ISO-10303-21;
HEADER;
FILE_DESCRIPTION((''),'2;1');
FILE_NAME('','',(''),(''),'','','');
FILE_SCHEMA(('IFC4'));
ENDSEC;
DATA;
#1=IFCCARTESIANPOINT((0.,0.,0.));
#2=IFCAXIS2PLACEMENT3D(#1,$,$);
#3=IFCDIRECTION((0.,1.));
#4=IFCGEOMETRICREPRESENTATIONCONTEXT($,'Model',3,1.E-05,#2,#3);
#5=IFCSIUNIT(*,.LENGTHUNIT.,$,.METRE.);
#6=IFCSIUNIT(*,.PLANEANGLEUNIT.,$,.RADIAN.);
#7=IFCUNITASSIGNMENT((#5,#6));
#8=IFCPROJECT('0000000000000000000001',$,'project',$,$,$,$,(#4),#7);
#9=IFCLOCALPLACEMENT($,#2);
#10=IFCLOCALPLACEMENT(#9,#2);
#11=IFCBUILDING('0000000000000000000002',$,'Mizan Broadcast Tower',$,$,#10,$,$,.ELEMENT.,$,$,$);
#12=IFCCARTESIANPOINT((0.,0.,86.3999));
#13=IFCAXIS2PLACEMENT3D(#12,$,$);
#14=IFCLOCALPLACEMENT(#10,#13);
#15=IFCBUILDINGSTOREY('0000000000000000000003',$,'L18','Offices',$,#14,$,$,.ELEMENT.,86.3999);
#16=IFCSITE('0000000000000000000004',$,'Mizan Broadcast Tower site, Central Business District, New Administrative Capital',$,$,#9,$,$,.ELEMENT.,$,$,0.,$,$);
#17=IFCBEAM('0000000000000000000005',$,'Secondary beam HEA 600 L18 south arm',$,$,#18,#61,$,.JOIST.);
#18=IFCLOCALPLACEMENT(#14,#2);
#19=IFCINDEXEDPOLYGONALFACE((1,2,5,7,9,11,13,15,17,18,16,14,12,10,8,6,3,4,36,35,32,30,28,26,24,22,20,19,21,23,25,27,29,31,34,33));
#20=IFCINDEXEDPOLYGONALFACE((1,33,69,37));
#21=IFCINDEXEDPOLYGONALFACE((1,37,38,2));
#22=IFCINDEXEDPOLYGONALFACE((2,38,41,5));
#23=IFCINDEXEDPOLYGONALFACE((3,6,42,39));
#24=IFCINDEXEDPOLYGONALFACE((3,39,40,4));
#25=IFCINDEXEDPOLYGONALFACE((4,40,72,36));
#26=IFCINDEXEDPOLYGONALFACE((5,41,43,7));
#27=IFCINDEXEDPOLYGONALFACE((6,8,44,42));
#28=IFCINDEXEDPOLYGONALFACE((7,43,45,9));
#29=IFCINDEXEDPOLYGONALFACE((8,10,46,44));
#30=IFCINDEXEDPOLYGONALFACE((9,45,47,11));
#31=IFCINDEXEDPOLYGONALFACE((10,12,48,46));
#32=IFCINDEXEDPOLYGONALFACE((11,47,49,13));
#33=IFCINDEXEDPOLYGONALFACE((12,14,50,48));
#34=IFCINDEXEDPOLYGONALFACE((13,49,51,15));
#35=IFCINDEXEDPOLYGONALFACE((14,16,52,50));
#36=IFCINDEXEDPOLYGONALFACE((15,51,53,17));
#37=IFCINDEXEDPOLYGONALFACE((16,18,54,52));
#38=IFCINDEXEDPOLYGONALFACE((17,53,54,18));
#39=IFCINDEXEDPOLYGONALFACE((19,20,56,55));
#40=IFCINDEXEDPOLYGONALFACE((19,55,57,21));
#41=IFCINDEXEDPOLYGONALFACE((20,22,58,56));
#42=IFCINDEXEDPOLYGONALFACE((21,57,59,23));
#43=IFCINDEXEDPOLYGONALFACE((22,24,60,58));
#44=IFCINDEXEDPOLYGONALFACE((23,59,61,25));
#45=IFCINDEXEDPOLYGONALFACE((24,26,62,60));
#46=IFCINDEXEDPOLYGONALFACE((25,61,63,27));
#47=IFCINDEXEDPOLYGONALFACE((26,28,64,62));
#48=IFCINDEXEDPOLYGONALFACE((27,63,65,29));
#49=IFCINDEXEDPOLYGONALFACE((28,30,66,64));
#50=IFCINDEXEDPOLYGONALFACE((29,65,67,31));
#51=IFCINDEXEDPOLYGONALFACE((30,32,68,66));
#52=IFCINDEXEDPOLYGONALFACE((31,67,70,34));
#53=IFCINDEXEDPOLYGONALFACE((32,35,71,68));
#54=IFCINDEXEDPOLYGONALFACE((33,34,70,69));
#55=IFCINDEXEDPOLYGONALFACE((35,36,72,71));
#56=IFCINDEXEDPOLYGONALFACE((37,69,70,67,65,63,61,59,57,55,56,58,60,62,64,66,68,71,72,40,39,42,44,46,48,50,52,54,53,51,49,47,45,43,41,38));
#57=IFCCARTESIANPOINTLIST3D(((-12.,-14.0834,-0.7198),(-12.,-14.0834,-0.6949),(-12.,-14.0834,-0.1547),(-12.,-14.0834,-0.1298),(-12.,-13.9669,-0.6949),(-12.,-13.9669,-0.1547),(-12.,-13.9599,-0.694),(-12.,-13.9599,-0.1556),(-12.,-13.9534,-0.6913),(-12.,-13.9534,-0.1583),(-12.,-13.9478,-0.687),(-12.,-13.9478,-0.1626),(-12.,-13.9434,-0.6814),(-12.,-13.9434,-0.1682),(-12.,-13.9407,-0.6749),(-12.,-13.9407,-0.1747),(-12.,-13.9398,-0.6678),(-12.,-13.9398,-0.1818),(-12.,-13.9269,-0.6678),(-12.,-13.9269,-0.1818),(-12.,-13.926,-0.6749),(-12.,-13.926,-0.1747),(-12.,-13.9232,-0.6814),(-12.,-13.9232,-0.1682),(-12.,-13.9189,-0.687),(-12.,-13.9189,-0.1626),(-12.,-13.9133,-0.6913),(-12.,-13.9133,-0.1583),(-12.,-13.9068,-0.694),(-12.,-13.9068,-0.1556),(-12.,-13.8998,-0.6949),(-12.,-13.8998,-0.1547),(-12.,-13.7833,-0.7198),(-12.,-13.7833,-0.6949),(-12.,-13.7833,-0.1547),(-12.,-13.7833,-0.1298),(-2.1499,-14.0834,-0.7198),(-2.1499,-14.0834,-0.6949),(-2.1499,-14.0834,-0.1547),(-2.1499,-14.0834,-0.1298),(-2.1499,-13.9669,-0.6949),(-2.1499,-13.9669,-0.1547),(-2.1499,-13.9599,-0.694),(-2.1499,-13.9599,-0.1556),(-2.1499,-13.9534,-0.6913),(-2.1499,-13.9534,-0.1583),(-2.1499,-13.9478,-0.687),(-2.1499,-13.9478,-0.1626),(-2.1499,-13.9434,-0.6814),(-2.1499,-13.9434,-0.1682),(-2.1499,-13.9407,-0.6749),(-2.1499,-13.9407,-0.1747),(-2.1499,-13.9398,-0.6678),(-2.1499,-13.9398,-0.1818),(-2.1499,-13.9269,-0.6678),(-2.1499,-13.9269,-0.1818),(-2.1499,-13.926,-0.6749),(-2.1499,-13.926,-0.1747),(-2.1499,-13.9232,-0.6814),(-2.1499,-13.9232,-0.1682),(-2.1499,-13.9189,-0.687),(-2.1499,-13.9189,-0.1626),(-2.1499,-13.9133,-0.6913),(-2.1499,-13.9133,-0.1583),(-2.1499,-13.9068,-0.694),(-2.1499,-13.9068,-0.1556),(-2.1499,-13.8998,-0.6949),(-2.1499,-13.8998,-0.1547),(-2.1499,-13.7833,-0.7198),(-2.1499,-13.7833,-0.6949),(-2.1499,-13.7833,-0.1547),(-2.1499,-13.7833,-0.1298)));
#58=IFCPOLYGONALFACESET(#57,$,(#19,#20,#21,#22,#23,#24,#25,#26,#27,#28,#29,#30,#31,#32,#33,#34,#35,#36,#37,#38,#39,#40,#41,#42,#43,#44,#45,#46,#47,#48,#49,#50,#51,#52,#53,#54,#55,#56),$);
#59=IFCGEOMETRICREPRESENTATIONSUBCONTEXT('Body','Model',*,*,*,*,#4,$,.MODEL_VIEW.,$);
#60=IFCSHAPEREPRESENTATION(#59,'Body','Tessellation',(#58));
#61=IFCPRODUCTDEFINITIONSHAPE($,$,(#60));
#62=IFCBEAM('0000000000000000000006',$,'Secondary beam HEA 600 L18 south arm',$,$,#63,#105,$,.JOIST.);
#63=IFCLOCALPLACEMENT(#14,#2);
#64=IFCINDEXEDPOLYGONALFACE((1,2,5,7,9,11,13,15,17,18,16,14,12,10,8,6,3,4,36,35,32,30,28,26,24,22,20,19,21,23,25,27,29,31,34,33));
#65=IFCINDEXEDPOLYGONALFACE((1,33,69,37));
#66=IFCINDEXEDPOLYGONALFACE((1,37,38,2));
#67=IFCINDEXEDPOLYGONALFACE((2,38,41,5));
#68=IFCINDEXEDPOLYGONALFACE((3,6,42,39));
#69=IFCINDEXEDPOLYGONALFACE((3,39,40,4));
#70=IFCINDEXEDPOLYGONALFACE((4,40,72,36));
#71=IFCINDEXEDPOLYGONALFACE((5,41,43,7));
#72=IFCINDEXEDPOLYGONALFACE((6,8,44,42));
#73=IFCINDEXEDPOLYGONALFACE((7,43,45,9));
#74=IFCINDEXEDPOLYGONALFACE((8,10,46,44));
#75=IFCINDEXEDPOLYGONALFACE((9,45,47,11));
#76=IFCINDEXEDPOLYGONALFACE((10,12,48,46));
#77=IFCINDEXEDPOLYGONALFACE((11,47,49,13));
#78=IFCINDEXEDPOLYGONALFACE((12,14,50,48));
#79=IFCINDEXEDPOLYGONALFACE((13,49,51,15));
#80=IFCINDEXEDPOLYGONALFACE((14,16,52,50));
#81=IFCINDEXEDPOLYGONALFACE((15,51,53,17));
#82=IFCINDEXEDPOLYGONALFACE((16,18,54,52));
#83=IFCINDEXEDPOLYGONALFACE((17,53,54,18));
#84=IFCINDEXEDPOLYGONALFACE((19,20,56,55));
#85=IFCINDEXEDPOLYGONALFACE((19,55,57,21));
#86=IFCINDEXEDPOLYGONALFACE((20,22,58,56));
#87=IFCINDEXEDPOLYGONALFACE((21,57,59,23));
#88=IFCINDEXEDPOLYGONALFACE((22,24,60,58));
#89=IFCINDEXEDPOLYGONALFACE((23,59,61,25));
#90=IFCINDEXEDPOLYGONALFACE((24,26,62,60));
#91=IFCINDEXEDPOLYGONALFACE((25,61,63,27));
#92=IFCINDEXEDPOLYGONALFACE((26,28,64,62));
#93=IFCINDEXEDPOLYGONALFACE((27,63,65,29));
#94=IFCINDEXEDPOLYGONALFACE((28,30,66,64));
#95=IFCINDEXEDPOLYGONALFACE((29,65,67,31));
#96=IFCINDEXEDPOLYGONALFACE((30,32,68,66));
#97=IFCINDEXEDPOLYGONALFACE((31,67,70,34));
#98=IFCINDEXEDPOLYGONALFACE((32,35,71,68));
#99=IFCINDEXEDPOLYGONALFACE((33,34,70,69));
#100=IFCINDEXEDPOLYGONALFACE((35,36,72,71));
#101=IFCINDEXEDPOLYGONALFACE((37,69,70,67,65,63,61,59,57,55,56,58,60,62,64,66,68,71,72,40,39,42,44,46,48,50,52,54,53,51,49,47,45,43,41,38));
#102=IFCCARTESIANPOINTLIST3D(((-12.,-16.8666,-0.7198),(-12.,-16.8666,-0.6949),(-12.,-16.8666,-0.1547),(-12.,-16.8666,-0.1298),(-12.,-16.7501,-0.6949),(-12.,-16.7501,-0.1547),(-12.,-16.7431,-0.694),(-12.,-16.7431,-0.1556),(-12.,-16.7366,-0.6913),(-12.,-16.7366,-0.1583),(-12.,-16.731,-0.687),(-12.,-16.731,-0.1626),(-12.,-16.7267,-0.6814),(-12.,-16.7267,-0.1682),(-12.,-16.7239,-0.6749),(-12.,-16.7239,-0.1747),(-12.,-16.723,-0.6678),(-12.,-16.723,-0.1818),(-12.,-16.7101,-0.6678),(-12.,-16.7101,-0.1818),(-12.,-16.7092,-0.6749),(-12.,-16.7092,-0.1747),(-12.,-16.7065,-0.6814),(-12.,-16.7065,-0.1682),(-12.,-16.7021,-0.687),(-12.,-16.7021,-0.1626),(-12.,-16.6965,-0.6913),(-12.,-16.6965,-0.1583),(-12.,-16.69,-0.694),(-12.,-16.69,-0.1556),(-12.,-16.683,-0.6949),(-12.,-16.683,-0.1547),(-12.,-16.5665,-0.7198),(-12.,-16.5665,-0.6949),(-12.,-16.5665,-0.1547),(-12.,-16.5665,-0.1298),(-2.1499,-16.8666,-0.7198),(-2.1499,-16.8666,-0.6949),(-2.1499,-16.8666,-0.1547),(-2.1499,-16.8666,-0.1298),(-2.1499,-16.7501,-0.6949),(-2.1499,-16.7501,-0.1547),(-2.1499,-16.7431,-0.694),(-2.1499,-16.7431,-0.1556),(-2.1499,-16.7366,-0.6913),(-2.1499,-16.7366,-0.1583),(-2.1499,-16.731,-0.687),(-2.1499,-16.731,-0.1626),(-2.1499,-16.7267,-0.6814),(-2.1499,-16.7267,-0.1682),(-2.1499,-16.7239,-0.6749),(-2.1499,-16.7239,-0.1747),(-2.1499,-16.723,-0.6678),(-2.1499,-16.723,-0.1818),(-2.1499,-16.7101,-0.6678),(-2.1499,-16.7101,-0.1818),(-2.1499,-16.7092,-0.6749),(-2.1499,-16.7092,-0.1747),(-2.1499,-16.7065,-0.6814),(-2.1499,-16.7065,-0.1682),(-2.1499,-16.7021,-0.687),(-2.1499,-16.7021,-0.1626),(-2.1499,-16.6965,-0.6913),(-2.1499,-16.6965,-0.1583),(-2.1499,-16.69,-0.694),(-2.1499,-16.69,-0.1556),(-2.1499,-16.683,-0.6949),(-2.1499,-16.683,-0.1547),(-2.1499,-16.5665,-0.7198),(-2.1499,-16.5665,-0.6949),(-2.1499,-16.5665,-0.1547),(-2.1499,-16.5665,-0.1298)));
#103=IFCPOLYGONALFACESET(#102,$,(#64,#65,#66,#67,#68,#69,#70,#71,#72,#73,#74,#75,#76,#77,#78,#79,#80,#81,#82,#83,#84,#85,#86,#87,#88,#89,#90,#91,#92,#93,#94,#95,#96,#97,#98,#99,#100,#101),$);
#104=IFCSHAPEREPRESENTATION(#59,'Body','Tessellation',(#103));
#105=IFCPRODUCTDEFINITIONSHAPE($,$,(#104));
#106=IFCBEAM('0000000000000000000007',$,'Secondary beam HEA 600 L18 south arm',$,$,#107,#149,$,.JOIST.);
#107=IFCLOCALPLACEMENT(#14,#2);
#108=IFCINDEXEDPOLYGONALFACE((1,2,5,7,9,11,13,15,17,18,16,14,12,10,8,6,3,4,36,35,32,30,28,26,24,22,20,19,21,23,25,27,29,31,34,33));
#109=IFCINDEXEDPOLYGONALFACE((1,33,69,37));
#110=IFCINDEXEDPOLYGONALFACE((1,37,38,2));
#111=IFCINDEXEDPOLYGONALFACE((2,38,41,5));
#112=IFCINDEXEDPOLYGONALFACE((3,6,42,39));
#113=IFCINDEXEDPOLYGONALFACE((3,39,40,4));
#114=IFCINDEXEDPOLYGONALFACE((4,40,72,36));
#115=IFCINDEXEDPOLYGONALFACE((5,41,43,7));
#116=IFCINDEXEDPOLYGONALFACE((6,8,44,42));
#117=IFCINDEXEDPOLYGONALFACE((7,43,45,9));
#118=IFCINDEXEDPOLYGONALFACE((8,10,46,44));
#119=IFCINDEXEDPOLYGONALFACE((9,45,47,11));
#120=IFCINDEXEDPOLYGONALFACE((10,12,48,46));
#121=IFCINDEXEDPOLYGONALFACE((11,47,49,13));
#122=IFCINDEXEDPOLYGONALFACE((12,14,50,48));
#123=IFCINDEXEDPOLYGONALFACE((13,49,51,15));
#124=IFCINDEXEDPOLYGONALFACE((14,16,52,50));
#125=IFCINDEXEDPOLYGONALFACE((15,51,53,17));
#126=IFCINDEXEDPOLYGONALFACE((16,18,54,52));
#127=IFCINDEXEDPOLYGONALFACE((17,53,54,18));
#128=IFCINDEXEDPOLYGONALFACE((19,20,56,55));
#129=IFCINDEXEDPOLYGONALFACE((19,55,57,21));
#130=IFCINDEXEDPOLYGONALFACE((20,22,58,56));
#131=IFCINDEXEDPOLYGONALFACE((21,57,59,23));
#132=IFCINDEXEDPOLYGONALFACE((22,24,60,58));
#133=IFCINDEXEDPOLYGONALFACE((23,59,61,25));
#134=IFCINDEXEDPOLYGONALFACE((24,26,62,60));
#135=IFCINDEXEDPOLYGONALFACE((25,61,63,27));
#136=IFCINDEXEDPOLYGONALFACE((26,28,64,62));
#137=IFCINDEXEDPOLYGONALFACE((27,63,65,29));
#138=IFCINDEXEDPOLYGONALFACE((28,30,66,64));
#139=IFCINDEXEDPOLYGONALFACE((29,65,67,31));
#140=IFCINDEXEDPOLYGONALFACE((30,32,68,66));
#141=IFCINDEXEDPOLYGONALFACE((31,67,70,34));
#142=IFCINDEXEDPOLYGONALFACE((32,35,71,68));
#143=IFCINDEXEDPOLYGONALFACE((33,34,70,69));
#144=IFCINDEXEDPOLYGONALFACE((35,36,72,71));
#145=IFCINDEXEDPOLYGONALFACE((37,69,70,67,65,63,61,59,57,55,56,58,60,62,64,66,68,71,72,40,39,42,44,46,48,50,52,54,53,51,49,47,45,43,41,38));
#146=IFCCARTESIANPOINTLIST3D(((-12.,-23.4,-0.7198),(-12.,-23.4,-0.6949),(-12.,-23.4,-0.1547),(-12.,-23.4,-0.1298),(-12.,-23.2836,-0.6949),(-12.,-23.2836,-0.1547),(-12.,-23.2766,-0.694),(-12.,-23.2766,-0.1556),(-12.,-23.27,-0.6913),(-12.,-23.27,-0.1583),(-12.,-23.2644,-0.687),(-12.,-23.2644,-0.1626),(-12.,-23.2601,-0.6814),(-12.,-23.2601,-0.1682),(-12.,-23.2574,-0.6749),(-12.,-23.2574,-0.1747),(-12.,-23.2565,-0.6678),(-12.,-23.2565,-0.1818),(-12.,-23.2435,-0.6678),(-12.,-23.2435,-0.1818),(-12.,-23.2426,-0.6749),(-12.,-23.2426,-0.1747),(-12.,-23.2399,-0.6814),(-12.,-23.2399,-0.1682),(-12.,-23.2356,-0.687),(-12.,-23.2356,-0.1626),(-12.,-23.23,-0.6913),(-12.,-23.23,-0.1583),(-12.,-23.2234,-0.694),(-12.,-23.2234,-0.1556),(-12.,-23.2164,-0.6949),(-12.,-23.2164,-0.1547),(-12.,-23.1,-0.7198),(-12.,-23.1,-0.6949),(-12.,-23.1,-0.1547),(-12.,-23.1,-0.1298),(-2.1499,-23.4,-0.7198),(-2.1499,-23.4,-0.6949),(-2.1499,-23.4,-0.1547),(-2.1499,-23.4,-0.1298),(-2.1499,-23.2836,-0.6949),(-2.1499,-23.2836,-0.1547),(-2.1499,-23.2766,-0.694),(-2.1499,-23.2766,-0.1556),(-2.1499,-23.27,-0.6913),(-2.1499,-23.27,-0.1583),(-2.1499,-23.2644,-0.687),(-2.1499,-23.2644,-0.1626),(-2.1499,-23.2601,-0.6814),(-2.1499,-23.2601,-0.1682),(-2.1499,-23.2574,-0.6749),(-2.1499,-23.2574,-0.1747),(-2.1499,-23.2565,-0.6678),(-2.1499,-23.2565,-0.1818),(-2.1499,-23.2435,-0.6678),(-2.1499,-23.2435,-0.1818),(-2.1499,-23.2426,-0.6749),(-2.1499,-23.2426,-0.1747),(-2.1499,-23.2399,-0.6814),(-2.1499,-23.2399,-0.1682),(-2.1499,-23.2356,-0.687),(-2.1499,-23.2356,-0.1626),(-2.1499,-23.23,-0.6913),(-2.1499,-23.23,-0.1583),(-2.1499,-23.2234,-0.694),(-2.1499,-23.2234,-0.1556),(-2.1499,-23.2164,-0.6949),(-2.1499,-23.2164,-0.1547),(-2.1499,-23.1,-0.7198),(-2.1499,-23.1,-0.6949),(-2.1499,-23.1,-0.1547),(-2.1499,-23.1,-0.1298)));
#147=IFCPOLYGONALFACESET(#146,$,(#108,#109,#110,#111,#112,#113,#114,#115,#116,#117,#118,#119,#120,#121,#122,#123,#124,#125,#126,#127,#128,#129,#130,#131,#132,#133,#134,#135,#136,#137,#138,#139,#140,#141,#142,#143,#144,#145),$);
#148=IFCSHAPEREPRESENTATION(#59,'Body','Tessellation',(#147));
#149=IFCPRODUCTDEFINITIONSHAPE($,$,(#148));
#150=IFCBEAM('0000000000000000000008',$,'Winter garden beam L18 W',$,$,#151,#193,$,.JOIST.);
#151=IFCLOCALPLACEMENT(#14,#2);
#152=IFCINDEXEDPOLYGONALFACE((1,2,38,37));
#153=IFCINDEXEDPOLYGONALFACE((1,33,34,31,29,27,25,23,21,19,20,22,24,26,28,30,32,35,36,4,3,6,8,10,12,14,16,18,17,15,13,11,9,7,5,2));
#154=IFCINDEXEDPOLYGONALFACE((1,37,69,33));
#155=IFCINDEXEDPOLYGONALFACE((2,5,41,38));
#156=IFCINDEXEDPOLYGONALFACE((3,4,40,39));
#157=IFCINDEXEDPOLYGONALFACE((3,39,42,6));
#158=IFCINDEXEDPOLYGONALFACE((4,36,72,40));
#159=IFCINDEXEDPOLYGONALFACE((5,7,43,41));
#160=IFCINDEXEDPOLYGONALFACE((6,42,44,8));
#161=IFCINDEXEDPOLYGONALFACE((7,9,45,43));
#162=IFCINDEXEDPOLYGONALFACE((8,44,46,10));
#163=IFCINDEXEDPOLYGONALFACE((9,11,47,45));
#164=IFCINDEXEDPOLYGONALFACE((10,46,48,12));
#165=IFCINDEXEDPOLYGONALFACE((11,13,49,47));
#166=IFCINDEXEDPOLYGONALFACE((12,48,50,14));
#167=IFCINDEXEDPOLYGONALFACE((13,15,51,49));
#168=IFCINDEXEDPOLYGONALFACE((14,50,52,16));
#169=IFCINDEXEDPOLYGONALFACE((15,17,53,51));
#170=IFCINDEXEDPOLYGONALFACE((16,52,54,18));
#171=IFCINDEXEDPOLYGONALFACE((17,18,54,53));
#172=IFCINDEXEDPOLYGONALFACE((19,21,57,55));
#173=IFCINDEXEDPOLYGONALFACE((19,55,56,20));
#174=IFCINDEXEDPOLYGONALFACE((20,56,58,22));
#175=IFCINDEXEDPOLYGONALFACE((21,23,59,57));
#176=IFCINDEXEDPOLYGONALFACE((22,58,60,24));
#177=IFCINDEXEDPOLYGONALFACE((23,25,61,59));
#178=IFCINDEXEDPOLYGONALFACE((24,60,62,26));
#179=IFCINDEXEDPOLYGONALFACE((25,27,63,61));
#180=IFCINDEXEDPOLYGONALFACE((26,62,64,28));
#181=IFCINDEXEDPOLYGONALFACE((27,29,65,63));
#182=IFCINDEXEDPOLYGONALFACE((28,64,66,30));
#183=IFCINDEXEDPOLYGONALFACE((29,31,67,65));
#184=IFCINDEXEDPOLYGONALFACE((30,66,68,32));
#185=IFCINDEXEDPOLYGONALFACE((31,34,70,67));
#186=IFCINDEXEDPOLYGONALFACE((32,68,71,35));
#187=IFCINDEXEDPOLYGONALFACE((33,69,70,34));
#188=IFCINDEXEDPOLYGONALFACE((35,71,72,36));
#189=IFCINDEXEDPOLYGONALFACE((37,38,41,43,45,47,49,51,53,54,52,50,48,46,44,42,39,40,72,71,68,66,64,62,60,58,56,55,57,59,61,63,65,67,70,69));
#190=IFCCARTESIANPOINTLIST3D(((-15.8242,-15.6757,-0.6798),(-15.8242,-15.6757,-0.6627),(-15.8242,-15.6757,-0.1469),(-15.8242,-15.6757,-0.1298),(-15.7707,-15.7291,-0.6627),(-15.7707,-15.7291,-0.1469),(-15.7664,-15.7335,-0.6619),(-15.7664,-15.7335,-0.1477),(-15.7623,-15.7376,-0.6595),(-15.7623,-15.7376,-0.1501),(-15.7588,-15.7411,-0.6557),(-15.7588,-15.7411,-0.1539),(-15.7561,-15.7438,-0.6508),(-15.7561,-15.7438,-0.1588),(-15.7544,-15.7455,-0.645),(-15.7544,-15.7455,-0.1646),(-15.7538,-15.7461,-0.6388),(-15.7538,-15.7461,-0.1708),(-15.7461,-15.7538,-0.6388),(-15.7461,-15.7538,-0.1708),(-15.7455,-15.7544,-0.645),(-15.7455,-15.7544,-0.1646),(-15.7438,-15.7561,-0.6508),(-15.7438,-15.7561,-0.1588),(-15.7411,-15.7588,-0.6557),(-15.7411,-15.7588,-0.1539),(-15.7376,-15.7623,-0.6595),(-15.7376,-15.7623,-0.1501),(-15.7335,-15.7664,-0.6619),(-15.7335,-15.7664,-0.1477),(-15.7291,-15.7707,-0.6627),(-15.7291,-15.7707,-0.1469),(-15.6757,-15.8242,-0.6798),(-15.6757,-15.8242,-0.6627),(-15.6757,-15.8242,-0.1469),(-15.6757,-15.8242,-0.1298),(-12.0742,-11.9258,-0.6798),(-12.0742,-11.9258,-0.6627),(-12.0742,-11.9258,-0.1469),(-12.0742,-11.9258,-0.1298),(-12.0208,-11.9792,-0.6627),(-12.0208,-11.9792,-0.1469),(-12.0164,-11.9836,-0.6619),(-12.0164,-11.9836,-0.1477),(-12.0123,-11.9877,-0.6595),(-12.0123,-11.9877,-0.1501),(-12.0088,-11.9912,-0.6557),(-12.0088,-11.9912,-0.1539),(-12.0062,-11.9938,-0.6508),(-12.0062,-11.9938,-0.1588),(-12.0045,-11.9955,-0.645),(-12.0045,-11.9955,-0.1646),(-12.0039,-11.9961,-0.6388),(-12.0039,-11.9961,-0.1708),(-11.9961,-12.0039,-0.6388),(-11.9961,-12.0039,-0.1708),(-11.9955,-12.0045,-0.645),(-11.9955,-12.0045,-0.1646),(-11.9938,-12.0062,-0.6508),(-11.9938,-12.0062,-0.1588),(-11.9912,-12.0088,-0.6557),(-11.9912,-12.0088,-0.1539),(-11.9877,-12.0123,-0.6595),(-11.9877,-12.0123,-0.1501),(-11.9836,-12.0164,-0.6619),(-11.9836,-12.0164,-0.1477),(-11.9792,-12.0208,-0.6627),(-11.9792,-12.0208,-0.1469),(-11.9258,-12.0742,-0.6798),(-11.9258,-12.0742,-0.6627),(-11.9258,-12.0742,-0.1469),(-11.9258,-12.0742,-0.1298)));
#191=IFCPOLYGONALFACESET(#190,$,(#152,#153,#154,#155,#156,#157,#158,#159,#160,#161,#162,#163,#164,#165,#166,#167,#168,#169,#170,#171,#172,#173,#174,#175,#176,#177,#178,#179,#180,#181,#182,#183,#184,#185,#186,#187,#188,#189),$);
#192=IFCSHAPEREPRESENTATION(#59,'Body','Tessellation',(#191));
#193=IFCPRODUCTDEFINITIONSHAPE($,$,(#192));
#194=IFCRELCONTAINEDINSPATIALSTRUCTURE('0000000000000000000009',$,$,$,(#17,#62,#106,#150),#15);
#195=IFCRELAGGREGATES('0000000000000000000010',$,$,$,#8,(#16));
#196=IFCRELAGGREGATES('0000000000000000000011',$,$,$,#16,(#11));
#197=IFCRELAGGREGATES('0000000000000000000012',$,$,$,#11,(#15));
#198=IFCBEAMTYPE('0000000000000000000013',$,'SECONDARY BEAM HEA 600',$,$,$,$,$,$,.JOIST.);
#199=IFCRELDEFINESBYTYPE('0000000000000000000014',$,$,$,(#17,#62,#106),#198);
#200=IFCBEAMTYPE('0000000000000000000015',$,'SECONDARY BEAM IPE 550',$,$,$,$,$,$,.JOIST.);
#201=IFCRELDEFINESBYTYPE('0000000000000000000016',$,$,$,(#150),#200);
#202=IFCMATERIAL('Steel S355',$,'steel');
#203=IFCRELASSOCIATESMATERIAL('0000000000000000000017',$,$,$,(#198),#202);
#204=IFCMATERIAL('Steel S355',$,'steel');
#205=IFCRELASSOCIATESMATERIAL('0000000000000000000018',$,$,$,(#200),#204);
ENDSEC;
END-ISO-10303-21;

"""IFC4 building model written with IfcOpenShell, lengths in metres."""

from ifc_helpers import new_model, si_unit, direction, frame, origin, origin_2d, place, context, subcontext, project, spatial, i_section, extrude, material, material_profile, profile_set, type_object, element, save


model = new_model("IFC4")

# Units and contexts
model_context = context("Model", 3, precision=1e-05, world=origin(), true_north=direction((0.0, 1.0)))
body_context = subcontext(model_context, "Body", "Model", "MODEL_VIEW")
ifc_project = project(units=[si_unit("LENGTHUNIT", "METRE"), si_unit("PLANEANGLEUNIT", "RADIAN")], contexts=[model_context])

# Site, building, storey
site_placement = place(None, origin())
site = spatial("IfcSite", under=ifc_project, at=site_placement, Name="Mizan Broadcast Tower site, Central Business District, New Administrative Capital", CompositionType="ELEMENT", RefElevation=0.0)
building_placement = place(site_placement, origin())
building = spatial("IfcBuilding", under=site, at=building_placement, Name="Mizan Broadcast Tower", CompositionType="ELEMENT")
storey_placement = place(building_placement, frame((0.0, 0.0, 86.3999)))
storey = spatial("IfcBuildingStorey", under=building, at=storey_placement, Name="L18", Description="Offices", CompositionType="ELEMENT", Elevation=86.3999)

# Beams
ifc_material_1 = material(Name="Steel S355", Category="steel")
ifc_material_profile_1 = material_profile(ifc_material_1, i_section(OverallWidth=0.3, OverallDepth=0.5901, WebThickness=0.0129, FlangeThickness=0.0249, FilletRadius=0.0271, at=origin_2d()), Name="HEA 600")
ifc_profile_set_1 = profile_set([ifc_material_profile_1], Name="Steel S355")
beam_type_1 = type_object("IfcBeamType", Name="SECONDARY BEAM HEA 600", PredefinedType="JOIST", material=ifc_profile_set_1)
for number, where, z_axis, x_axis, name in (
    (1, (-12.0, -13.9333, -0.4248), (1.0, 0.0, 0.0), (0.0, 1.0, 0.0), "Secondary beam HEA 600 L18 south arm"),
    (2, (-12.0, -16.7166, -0.4248), (1.0, 0.0, 0.0), (0.0, 1.0, 0.0), "Secondary beam HEA 600 L18 south arm"),
    (3, (-12.0, -23.25, -0.4248), (1.0, 0.0, 0.0), (0.0, 1.0, 0.0), "Secondary beam HEA 600 L18 south arm"),
):
    element("IfcBeam", number, at=place(storey_placement, frame(where, z_axis=z_axis, x_axis=x_axis)), inside=storey, type_object=beam_type_1, Name=name, PredefinedType="JOIST", context=body_context, shape_type="SweptSolid", body=[
        extrude(i_section(OverallWidth=0.3, OverallDepth=0.5901, WebThickness=0.0129, FlangeThickness=0.0249, FilletRadius=0.0271, at=origin_2d()), origin(), (0.0, 0.0, 1.0), 9.8501),
    ])
ifc_material_2 = material(Name="Steel S355", Category="steel")
ifc_material_profile_2 = material_profile(ifc_material_2, i_section(OverallWidth=0.21, OverallDepth=0.55, WebThickness=0.011, FlangeThickness=0.0171, FilletRadius=0.0239, at=origin_2d()), Name="IPE 550")
ifc_profile_set_2 = profile_set([ifc_material_profile_2], Name="Steel S355")
beam_type_2 = type_object("IfcBeamType", Name="SECONDARY BEAM IPE 550", PredefinedType="JOIST", material=ifc_profile_set_2)
beam_1_placement = place(storey_placement, frame((-12.0, -12.0, -0.4048), z_axis=(-0.707107, -0.707107, 0.0), x_axis=(0.707107, -0.707107, 0.0)))
element("IfcBeam", 4, at=beam_1_placement, inside=storey, type_object=beam_type_2, Name="Winter garden beam L18 W", PredefinedType="JOIST", context=body_context, shape_type="SweptSolid", body=[
    extrude(i_section(OverallWidth=0.21, OverallDepth=0.55, WebThickness=0.011, FlangeThickness=0.0171, FilletRadius=0.0239, at=origin_2d()), origin(), (0.0, 0.0, 1.0), 5.3032),
])

save(model, "model.ifc")
